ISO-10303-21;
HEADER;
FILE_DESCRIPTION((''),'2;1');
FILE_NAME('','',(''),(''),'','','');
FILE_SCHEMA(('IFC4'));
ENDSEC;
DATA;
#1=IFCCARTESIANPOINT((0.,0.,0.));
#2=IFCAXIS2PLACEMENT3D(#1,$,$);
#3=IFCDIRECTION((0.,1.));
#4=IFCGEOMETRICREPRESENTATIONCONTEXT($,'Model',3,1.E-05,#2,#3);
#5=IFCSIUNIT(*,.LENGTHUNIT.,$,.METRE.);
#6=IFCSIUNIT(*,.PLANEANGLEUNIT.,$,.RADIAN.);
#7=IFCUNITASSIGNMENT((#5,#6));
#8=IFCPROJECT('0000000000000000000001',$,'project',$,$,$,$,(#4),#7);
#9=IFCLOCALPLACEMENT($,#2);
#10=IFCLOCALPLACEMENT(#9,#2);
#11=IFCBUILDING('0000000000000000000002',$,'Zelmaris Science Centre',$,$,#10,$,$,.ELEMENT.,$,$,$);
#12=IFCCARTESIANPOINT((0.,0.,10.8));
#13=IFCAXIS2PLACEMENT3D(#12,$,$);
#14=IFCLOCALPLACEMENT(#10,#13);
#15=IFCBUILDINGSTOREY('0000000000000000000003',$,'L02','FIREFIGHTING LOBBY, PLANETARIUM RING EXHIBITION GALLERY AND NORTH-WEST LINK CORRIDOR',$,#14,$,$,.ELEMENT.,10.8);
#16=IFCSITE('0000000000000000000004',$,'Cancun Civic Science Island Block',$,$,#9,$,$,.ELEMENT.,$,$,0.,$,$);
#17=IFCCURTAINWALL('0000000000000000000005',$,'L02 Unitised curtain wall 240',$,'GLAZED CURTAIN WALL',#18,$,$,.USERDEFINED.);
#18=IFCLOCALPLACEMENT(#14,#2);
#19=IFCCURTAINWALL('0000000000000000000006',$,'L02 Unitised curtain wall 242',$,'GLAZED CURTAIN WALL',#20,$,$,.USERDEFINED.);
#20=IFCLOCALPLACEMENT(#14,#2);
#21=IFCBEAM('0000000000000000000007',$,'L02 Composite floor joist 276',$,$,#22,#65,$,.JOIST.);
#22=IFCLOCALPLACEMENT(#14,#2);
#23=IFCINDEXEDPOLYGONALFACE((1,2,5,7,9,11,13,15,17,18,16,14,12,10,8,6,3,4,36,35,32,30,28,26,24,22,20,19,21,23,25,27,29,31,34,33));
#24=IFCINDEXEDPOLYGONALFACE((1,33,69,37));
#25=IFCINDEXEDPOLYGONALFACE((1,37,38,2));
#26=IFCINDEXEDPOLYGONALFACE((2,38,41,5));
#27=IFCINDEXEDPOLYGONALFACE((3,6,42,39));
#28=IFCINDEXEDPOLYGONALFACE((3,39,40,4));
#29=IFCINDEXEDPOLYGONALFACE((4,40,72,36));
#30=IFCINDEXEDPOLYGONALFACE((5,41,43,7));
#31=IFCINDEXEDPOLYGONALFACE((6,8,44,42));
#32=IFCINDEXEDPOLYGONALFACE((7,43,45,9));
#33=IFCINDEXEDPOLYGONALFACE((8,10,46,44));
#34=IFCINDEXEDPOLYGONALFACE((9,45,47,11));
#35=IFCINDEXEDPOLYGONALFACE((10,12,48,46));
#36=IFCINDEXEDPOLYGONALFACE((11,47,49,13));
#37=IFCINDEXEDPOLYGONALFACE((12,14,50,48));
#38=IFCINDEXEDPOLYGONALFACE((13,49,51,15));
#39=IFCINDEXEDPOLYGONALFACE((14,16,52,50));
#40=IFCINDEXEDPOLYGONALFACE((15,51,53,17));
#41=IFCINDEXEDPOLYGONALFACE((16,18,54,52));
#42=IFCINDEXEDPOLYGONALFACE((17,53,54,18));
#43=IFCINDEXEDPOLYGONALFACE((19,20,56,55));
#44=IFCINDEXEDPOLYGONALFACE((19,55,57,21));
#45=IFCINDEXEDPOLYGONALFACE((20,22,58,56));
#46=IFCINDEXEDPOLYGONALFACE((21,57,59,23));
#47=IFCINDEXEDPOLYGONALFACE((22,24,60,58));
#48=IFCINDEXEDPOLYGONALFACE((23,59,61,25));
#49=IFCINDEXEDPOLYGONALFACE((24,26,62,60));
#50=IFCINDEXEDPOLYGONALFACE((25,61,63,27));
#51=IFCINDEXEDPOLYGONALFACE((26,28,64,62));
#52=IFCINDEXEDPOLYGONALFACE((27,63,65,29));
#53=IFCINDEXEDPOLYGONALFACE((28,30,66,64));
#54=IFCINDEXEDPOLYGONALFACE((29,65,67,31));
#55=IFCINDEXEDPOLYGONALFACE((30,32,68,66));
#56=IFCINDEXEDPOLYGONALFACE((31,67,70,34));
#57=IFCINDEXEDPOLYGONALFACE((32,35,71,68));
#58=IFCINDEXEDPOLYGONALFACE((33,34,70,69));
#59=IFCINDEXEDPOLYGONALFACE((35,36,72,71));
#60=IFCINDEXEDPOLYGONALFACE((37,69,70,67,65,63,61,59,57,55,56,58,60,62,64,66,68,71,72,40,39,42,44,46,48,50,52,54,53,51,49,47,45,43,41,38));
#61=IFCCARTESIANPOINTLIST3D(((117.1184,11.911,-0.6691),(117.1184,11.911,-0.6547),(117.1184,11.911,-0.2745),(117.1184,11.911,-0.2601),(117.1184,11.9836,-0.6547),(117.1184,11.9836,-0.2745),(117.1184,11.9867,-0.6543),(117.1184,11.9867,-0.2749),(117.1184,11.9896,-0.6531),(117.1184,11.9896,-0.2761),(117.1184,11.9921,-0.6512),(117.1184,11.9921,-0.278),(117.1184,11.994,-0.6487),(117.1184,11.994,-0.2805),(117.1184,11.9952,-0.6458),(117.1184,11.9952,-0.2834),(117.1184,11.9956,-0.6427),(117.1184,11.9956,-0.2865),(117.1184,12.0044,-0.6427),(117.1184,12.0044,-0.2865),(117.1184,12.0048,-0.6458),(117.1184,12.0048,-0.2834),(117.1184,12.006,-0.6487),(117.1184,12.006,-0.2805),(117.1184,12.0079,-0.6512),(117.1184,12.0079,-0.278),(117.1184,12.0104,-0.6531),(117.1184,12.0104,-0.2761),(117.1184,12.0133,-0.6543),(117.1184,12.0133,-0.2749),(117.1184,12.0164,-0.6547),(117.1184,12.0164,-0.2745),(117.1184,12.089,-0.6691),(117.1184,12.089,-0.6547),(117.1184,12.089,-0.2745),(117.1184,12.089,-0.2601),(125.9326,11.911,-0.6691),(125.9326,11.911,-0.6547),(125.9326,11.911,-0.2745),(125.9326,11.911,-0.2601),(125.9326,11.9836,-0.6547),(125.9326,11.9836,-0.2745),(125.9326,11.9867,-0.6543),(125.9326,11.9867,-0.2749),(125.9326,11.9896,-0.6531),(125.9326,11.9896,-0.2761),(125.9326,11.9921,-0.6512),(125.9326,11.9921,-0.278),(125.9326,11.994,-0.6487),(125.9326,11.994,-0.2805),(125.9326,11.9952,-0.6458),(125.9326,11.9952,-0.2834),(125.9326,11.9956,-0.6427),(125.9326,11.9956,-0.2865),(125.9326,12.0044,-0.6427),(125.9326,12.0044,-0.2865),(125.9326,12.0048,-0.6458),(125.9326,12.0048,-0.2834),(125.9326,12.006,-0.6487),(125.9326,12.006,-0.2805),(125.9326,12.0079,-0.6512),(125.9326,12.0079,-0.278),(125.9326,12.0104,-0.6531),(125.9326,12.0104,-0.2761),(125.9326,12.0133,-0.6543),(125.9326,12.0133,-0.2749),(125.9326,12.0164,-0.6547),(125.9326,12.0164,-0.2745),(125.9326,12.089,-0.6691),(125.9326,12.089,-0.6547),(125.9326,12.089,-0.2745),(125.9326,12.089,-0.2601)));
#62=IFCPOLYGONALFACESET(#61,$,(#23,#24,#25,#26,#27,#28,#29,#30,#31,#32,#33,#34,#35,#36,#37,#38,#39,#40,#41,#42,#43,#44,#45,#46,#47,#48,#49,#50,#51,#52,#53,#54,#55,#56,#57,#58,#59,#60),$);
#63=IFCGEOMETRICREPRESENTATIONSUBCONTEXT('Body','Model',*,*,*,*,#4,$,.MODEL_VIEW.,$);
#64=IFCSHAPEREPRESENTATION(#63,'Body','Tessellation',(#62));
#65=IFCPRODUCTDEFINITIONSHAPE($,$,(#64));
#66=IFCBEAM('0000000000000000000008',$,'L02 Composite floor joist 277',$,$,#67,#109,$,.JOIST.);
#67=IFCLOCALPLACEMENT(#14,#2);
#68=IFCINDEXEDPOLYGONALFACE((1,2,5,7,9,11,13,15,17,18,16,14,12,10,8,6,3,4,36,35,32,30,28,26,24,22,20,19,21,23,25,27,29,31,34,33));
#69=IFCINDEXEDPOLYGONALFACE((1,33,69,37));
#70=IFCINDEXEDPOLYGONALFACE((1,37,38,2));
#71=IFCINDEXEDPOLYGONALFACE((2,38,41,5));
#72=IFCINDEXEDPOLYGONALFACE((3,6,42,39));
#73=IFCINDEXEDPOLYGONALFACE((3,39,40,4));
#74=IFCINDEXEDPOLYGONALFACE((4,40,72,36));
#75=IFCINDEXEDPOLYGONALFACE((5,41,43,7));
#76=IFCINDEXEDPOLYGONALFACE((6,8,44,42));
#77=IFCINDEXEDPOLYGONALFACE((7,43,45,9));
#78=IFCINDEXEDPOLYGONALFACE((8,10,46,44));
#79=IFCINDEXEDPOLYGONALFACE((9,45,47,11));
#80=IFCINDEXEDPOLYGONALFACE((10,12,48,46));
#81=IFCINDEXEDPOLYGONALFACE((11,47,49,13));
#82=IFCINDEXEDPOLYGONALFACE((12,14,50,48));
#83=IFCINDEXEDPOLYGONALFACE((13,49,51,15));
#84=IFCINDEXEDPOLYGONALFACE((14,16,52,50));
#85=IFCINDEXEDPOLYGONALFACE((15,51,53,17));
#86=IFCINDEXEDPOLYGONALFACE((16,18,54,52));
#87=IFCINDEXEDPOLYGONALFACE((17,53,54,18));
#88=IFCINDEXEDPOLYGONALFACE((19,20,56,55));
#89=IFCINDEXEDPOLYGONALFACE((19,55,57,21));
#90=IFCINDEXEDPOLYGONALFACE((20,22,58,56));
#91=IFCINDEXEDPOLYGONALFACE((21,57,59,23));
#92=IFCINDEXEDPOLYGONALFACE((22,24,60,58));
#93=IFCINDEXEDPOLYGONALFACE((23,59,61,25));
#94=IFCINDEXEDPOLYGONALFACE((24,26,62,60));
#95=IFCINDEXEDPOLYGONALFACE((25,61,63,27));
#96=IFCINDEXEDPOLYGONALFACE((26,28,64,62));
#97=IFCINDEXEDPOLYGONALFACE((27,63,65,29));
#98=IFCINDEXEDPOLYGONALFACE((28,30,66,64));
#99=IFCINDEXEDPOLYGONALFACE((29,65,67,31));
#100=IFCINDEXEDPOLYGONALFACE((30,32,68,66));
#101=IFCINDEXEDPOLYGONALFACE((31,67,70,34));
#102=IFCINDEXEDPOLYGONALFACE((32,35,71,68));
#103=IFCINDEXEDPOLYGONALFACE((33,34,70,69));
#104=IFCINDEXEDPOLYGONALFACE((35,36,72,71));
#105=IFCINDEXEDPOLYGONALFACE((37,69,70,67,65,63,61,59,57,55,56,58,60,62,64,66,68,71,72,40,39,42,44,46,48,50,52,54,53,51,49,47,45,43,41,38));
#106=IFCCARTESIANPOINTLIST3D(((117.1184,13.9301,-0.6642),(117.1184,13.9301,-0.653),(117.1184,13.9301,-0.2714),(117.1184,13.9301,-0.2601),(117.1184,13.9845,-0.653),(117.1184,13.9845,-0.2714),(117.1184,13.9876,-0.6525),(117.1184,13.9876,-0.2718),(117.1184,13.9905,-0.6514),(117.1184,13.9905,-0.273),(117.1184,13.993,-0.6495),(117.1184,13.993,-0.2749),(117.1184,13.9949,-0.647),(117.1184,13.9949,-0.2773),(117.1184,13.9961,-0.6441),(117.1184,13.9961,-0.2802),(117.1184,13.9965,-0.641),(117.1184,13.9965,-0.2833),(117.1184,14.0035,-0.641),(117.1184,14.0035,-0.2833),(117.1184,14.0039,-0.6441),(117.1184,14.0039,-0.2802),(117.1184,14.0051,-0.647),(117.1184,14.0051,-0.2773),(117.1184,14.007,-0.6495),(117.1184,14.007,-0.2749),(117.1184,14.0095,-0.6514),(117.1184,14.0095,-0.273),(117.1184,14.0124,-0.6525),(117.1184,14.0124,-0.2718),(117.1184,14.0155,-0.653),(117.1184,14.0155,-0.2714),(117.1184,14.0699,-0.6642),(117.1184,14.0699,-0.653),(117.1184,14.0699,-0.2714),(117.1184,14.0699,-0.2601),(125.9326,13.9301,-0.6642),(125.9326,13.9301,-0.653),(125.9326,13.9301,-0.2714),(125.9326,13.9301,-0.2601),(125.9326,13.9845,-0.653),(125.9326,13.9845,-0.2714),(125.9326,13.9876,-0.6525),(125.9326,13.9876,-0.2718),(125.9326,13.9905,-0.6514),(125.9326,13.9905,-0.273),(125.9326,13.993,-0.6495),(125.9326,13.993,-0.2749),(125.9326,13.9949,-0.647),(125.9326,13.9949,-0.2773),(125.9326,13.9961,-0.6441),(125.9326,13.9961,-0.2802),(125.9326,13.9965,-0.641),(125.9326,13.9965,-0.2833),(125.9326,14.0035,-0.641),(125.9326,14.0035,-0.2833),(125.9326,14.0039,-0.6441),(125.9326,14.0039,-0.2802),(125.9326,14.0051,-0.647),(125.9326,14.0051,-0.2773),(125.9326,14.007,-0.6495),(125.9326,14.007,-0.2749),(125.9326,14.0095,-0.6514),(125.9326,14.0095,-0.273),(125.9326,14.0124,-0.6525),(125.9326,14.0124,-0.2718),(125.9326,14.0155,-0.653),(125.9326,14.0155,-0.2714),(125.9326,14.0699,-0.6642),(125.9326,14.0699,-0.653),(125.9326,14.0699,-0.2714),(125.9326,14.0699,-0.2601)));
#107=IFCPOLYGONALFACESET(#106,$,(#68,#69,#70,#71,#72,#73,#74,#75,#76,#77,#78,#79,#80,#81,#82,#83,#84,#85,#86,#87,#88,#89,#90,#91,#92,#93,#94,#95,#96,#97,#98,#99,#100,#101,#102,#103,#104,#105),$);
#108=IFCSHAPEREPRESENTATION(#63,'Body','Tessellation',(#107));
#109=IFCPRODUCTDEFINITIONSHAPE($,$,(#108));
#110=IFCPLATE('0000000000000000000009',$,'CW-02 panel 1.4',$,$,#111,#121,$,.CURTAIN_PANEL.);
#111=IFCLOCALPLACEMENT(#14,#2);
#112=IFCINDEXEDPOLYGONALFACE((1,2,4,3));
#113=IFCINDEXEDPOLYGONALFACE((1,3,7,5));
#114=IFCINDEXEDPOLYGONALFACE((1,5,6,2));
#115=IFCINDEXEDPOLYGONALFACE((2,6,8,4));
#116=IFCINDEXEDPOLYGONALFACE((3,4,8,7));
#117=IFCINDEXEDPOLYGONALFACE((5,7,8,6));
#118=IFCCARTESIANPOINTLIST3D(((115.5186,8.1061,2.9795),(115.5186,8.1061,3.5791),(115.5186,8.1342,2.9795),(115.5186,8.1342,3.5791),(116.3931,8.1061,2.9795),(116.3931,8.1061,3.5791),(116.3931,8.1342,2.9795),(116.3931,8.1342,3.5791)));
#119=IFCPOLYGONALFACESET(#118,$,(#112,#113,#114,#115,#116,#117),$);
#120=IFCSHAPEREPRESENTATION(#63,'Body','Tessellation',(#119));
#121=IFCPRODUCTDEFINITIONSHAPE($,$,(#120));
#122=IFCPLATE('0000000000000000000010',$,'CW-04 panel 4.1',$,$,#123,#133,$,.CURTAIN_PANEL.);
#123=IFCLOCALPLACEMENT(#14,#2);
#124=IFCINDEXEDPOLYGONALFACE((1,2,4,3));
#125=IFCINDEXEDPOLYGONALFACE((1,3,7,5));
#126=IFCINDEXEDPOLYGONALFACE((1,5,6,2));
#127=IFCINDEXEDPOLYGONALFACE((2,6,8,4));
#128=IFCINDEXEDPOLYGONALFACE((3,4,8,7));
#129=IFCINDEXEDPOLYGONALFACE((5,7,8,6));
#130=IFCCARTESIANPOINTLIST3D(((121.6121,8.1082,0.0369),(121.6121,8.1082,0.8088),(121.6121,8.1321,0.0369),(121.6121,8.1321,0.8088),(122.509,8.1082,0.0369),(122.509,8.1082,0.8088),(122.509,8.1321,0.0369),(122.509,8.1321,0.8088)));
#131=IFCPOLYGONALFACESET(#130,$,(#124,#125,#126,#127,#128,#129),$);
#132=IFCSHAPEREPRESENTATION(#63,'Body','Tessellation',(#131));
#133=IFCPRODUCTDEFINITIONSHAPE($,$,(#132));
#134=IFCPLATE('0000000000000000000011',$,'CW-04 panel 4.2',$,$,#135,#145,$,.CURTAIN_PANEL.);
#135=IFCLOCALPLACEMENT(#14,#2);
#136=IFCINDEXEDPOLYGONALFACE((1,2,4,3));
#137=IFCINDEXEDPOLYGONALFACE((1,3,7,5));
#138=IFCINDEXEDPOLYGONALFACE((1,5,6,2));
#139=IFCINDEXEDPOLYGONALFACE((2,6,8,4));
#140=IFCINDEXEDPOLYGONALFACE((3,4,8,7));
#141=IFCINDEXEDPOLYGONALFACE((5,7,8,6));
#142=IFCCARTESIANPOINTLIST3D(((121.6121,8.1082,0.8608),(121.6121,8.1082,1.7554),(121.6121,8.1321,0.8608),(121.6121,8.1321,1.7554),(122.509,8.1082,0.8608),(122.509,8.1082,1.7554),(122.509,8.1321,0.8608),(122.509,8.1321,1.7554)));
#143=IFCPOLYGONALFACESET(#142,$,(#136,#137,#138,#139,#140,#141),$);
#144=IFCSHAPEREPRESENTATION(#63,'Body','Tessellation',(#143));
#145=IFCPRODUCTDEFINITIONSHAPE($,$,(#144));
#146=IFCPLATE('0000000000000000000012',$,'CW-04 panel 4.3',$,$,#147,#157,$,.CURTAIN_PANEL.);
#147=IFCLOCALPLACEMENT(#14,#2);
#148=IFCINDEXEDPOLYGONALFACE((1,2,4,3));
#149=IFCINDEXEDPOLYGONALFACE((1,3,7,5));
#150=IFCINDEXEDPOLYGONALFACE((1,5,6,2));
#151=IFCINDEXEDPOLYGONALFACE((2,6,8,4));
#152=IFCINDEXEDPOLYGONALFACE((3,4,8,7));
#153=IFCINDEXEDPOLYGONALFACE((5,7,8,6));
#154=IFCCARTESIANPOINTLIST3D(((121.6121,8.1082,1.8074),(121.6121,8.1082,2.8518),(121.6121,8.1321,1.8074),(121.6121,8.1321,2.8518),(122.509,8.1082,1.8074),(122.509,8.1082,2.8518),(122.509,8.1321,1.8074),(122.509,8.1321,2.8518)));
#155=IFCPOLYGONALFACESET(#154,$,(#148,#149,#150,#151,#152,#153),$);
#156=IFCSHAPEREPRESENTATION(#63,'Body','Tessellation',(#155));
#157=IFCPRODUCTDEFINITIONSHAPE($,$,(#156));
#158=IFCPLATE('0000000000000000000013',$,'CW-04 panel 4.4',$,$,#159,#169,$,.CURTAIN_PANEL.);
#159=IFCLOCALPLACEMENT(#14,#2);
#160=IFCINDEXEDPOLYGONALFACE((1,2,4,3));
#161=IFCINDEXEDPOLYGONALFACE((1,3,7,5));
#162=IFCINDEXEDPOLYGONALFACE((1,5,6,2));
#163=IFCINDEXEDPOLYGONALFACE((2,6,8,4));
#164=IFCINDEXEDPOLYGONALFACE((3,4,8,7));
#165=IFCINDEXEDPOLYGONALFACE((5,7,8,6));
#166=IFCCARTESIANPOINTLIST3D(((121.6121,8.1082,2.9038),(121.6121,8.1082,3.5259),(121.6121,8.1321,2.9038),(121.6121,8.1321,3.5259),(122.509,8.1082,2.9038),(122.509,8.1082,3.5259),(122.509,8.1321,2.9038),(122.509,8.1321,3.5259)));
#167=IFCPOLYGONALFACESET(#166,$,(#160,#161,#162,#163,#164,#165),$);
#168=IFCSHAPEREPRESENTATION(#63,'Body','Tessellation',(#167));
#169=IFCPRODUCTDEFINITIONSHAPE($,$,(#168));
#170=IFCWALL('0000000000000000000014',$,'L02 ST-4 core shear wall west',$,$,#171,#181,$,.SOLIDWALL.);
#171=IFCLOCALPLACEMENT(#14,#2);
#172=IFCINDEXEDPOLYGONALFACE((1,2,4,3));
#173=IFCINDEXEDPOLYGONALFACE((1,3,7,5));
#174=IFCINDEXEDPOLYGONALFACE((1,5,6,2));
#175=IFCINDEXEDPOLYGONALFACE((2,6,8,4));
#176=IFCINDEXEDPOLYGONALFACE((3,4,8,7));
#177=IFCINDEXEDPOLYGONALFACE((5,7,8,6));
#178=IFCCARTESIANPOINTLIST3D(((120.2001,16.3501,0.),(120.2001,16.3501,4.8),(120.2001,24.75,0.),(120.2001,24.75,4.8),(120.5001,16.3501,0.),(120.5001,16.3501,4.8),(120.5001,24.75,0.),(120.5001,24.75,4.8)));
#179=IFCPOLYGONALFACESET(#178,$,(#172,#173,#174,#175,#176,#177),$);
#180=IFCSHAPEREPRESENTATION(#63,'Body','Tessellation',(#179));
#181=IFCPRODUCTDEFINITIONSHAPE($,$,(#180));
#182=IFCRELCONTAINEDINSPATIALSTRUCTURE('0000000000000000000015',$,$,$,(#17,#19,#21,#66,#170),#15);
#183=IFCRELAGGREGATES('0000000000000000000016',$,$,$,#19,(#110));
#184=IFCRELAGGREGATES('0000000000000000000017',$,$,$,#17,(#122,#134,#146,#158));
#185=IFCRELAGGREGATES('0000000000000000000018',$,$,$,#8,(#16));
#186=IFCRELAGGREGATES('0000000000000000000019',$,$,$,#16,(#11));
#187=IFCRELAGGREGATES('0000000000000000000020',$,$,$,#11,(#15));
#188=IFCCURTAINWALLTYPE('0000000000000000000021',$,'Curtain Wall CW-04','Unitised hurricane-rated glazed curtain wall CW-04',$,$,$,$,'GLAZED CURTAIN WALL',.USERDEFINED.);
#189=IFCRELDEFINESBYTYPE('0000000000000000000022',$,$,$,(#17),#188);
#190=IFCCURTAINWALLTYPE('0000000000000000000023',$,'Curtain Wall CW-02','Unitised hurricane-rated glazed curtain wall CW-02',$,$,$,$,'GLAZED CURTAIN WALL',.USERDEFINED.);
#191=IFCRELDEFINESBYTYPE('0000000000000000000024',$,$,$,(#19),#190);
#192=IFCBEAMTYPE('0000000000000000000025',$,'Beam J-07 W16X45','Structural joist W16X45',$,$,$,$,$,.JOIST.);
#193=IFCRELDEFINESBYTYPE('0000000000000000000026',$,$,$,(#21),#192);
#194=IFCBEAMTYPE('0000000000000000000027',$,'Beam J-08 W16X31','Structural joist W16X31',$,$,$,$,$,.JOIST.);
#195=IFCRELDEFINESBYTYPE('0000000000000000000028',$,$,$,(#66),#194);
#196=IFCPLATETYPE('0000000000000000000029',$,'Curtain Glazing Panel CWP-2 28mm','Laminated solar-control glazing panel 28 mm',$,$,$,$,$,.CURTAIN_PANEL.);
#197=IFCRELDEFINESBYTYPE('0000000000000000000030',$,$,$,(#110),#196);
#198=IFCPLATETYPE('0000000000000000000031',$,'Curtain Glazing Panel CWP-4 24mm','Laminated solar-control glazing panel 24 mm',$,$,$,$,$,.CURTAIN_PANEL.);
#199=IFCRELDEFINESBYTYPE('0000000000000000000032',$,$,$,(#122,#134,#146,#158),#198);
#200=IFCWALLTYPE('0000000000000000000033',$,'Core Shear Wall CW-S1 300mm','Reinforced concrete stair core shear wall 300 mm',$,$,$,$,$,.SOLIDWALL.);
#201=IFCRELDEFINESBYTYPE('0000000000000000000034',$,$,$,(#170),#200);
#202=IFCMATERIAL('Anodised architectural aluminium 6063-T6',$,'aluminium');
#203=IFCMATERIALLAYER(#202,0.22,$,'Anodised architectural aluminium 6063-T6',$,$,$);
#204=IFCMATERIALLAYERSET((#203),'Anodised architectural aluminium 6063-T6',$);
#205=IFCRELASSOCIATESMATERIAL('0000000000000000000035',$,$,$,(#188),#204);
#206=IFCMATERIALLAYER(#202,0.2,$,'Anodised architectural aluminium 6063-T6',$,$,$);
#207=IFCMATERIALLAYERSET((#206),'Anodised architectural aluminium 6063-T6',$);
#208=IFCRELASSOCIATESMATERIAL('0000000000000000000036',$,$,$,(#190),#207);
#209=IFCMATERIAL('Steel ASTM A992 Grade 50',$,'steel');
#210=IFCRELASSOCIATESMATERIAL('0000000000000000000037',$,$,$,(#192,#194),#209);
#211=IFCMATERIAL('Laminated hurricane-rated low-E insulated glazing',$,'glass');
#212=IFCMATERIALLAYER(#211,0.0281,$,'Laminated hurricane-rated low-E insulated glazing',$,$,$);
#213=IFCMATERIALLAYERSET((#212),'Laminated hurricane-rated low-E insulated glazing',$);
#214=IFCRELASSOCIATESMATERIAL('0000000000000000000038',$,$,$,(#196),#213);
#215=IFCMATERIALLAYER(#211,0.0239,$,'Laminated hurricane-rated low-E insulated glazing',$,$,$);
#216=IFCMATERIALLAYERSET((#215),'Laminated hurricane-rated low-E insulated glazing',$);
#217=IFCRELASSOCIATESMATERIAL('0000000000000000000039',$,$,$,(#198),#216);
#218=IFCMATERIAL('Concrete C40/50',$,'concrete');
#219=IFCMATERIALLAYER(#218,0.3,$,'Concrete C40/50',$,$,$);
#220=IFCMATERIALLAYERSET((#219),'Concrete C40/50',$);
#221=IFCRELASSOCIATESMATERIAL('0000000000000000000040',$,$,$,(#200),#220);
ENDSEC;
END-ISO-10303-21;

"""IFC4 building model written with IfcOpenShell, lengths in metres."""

from ifc_helpers import new_model, si_unit, direction, frame, frame_2d, origin, origin_2d, place, context, subcontext, project, spatial, rectangle, i_section, extrude, material, layer, layer_set, material_profile, profile_set, type_object, element, aggregate, save


model = new_model("IFC4")

# Units and contexts
model_context = context("Model", 3, precision=1e-05, world=origin(), true_north=direction((0.0, 1.0)))
body_context = subcontext(model_context, "Body", "Model", "MODEL_VIEW")
ifc_project = project(units=[si_unit("LENGTHUNIT", "METRE"), si_unit("PLANEANGLEUNIT", "RADIAN")], contexts=[model_context])

# Site, building, storey
site_placement = place(None, origin())
site = spatial("IfcSite", under=ifc_project, at=site_placement, Name="Cancun Civic Science Island Block", CompositionType="ELEMENT", RefElevation=0.0)
building_placement = place(site_placement, origin())
building = spatial("IfcBuilding", under=site, at=building_placement, Name="Zelmaris Science Centre", CompositionType="ELEMENT")
storey_placement = place(building_placement, frame((0.0, 0.0, 10.8)))
storey = spatial("IfcBuildingStorey", under=building, at=storey_placement, Name="L02", Description="FIREFIGHTING LOBBY, PLANETARIUM RING EXHIBITION GALLERY AND NORTH-WEST LINK CORRIDOR", CompositionType="ELEMENT", Elevation=10.8)

# Shared definitions
ifc_material_1 = material(Name="Steel ASTM A992 Grade 50", Category="steel")

# Curtain walls
ifc_material_2 = material(Name="Anodised architectural aluminium 6063-T6", Category="aluminium")
ifc_layer_1 = layer(ifc_material_2, 0.22, Name="Anodised architectural aluminium 6063-T6")
ifc_layer_set_1 = layer_set([ifc_layer_1], Name="Anodised architectural aluminium 6063-T6")
curtain_wall_type_1 = type_object("IfcCurtainWallType", Name="Curtain Wall CW-04", Description="Unitised hurricane-rated glazed curtain wall CW-04", ElementType="GLAZED CURTAIN WALL", PredefinedType="USERDEFINED", material=ifc_layer_set_1)
curtain_wall_1_placement = place(storey_placement, origin())
curtain_wall_1 = element("IfcCurtainWall", 1, at=curtain_wall_1_placement, inside=storey, type_object=curtain_wall_type_1, Name="L02 Unitised curtain wall 240", ObjectType="GLAZED CURTAIN WALL", PredefinedType="USERDEFINED")
ifc_layer_2 = layer(ifc_material_2, 0.2, Name="Anodised architectural aluminium 6063-T6")
ifc_layer_set_2 = layer_set([ifc_layer_2], Name="Anodised architectural aluminium 6063-T6")
curtain_wall_type_2 = type_object("IfcCurtainWallType", Name="Curtain Wall CW-02", Description="Unitised hurricane-rated glazed curtain wall CW-02", ElementType="GLAZED CURTAIN WALL", PredefinedType="USERDEFINED", material=ifc_layer_set_2)
curtain_wall_2_placement = place(storey_placement, origin())
curtain_wall_2 = element("IfcCurtainWall", 2, at=curtain_wall_2_placement, inside=storey, type_object=curtain_wall_type_2, Name="L02 Unitised curtain wall 242", ObjectType="GLAZED CURTAIN WALL", PredefinedType="USERDEFINED")

# Beams
ifc_material_profile_1 = material_profile(ifc_material_1, i_section(OverallWidth=0.178, OverallDepth=0.4089, WebThickness=0.0088, FlangeThickness=0.0144, FilletRadius=0.012, at=origin_2d()), Name="W16X45")
ifc_profile_set_1 = profile_set([ifc_material_profile_1], Name="Steel ASTM A992 Grade 50")
beam_type_1 = type_object("IfcBeamType", Name="Beam J-07 W16X45", Description="Structural joist W16X45", PredefinedType="JOIST", material=ifc_profile_set_1)
beam_1_placement = place(storey_placement, frame((117.1184, 12.0, -0.4646), z_axis=(1.0, 0.0, 0.0), x_axis=(0.0, 1.0, 0.0)))
element("IfcBeam", 3, at=beam_1_placement, inside=storey, type_object=beam_type_1, Name="L02 Composite floor joist 276", PredefinedType="JOIST", context=body_context, shape_type="SweptSolid", body=[
    extrude(i_section(OverallWidth=0.178, OverallDepth=0.4089, WebThickness=0.0088, FlangeThickness=0.0144, FilletRadius=0.012, at=origin_2d()), origin(), (0.0, 0.0, 1.0), 8.8142),
])
ifc_material_profile_2 = material_profile(ifc_material_1, i_section(OverallWidth=0.1399, OverallDepth=0.4041, WebThickness=0.0071, FlangeThickness=0.0112, FilletRadius=0.012, at=origin_2d()), Name="W16X31")
ifc_profile_set_2 = profile_set([ifc_material_profile_2], Name="Steel ASTM A992 Grade 50")
beam_type_2 = type_object("IfcBeamType", Name="Beam J-08 W16X31", Description="Structural joist W16X31", PredefinedType="JOIST", material=ifc_profile_set_2)
beam_2_placement = place(storey_placement, frame((117.1184, 14.0, -0.4622), z_axis=(1.0, 0.0, 0.0), x_axis=(0.0, 1.0, 0.0)))
element("IfcBeam", 4, at=beam_2_placement, inside=storey, type_object=beam_type_2, Name="L02 Composite floor joist 277", PredefinedType="JOIST", context=body_context, shape_type="SweptSolid", body=[
    extrude(i_section(OverallWidth=0.1399, OverallDepth=0.4041, WebThickness=0.0071, FlangeThickness=0.0112, FilletRadius=0.012, at=origin_2d()), origin(), (0.0, 0.0, 1.0), 8.8142),
])

# Plates
ifc_material_3 = material(Name="Laminated hurricane-rated low-E insulated glazing", Category="glass")
ifc_layer_3 = layer(ifc_material_3, 0.0281, Name="Laminated hurricane-rated low-E insulated glazing")
ifc_layer_set_3 = layer_set([ifc_layer_3], Name="Laminated hurricane-rated low-E insulated glazing")
plate_type_1 = type_object("IfcPlateType", Name="Curtain Glazing Panel CWP-2 28mm", Description="Laminated solar-control glazing panel 28 mm", PredefinedType="CURTAIN_PANEL", material=ifc_layer_set_3)
plate_1_placement = place(storey_placement, frame((115.9558, 8.1201, 2.9795), z_axis=(0.0, 0.0, 1.0), x_axis=(-1.0, 0.0, 0.0)))
plate_1 = element("IfcPlate", 5, at=plate_1_placement, type_object=plate_type_1, Name="CW-02 panel 1.4", PredefinedType="CURTAIN_PANEL", context=body_context, shape_type="SweptSolid", body=[
    extrude(rectangle(XDim=0.8745, YDim=0.0281, at=origin_2d()), origin(), (0.0, 0.0, 1.0), 0.5996),
])
aggregate(curtain_wall_2, [plate_1])
ifc_layer_4 = layer(ifc_material_3, 0.0239, Name="Laminated hurricane-rated low-E insulated glazing")
ifc_layer_set_4 = layer_set([ifc_layer_4], Name="Laminated hurricane-rated low-E insulated glazing")
plate_type_2 = type_object("IfcPlateType", Name="Curtain Glazing Panel CWP-4 24mm", Description="Laminated solar-control glazing panel 24 mm", PredefinedType="CURTAIN_PANEL", material=ifc_layer_set_4)
plate_2_placement = place(storey_placement, frame((122.0605, 8.1201, 0.0369), z_axis=(0.0, 0.0, 1.0), x_axis=(-1.0, 0.0, 0.0)))
plate_2 = element("IfcPlate", 6, at=plate_2_placement, type_object=plate_type_2, Name="CW-04 panel 4.1", PredefinedType="CURTAIN_PANEL", context=body_context, shape_type="SweptSolid", body=[
    extrude(rectangle(XDim=0.897, YDim=0.0239, at=origin_2d()), origin(), (0.0, 0.0, 1.0), 0.772),
])
plate_3_placement = place(storey_placement, frame((122.0605, 8.1201, 0.8608), z_axis=(0.0, 0.0, 1.0), x_axis=(-1.0, 0.0, 0.0)))
plate_3 = element("IfcPlate", 7, at=plate_3_placement, type_object=plate_type_2, Name="CW-04 panel 4.2", PredefinedType="CURTAIN_PANEL", context=body_context, shape_type="SweptSolid", body=[
    extrude(rectangle(XDim=0.897, YDim=0.0239, at=origin_2d()), origin(), (0.0, 0.0, 1.0), 0.8945),
])
plate_4_placement = place(storey_placement, frame((122.0605, 8.1201, 1.8074), z_axis=(0.0, 0.0, 1.0), x_axis=(-1.0, 0.0, 0.0)))
plate_4 = element("IfcPlate", 8, at=plate_4_placement, type_object=plate_type_2, Name="CW-04 panel 4.3", PredefinedType="CURTAIN_PANEL", context=body_context, shape_type="SweptSolid", body=[
    extrude(rectangle(XDim=0.897, YDim=0.0239, at=origin_2d()), origin(), (0.0, 0.0, 1.0), 1.0444),
])
plate_5_placement = place(storey_placement, frame((122.0605, 8.1201, 2.9038), z_axis=(0.0, 0.0, 1.0), x_axis=(-1.0, 0.0, 0.0)))
plate_5 = element("IfcPlate", 9, at=plate_5_placement, type_object=plate_type_2, Name="CW-04 panel 4.4", PredefinedType="CURTAIN_PANEL", context=body_context, shape_type="SweptSolid", body=[
    extrude(rectangle(XDim=0.897, YDim=0.0239, at=origin_2d()), origin(), (0.0, 0.0, 1.0), 0.6221),
])
aggregate(curtain_wall_1, [plate_2, plate_3, plate_4, plate_5])

# Wall
ifc_material_4 = material(Name="Concrete C40/50", Category="concrete")
ifc_layer_5 = layer(ifc_material_4, 0.3, Name="Concrete C40/50")
ifc_layer_set_5 = layer_set([ifc_layer_5], Name="Concrete C40/50")
wall_type = type_object("IfcWallType", Name="Core Shear Wall CW-S1 300mm", Description="Reinforced concrete stair core shear wall 300 mm", PredefinedType="SOLIDWALL", material=ifc_layer_set_5)
wall_placement = place(storey_placement, frame((120.3501, 16.3501, 0.0), z_axis=(0.0, 0.0, 1.0), x_axis=(0.0, 1.0, 0.0)))
element("IfcWall", 10, at=wall_placement, inside=storey, type_object=wall_type, Name="L02 ST-4 core shear wall west", PredefinedType="SOLIDWALL", context=body_context, shape_type="SweptSolid", body=[
    extrude(rectangle(XDim=8.3999, YDim=0.3, at=frame_2d((4.2, 0.0))), origin(), (0.0, 0.0, 1.0), 4.8),
])

save(model, "model.ifc")
